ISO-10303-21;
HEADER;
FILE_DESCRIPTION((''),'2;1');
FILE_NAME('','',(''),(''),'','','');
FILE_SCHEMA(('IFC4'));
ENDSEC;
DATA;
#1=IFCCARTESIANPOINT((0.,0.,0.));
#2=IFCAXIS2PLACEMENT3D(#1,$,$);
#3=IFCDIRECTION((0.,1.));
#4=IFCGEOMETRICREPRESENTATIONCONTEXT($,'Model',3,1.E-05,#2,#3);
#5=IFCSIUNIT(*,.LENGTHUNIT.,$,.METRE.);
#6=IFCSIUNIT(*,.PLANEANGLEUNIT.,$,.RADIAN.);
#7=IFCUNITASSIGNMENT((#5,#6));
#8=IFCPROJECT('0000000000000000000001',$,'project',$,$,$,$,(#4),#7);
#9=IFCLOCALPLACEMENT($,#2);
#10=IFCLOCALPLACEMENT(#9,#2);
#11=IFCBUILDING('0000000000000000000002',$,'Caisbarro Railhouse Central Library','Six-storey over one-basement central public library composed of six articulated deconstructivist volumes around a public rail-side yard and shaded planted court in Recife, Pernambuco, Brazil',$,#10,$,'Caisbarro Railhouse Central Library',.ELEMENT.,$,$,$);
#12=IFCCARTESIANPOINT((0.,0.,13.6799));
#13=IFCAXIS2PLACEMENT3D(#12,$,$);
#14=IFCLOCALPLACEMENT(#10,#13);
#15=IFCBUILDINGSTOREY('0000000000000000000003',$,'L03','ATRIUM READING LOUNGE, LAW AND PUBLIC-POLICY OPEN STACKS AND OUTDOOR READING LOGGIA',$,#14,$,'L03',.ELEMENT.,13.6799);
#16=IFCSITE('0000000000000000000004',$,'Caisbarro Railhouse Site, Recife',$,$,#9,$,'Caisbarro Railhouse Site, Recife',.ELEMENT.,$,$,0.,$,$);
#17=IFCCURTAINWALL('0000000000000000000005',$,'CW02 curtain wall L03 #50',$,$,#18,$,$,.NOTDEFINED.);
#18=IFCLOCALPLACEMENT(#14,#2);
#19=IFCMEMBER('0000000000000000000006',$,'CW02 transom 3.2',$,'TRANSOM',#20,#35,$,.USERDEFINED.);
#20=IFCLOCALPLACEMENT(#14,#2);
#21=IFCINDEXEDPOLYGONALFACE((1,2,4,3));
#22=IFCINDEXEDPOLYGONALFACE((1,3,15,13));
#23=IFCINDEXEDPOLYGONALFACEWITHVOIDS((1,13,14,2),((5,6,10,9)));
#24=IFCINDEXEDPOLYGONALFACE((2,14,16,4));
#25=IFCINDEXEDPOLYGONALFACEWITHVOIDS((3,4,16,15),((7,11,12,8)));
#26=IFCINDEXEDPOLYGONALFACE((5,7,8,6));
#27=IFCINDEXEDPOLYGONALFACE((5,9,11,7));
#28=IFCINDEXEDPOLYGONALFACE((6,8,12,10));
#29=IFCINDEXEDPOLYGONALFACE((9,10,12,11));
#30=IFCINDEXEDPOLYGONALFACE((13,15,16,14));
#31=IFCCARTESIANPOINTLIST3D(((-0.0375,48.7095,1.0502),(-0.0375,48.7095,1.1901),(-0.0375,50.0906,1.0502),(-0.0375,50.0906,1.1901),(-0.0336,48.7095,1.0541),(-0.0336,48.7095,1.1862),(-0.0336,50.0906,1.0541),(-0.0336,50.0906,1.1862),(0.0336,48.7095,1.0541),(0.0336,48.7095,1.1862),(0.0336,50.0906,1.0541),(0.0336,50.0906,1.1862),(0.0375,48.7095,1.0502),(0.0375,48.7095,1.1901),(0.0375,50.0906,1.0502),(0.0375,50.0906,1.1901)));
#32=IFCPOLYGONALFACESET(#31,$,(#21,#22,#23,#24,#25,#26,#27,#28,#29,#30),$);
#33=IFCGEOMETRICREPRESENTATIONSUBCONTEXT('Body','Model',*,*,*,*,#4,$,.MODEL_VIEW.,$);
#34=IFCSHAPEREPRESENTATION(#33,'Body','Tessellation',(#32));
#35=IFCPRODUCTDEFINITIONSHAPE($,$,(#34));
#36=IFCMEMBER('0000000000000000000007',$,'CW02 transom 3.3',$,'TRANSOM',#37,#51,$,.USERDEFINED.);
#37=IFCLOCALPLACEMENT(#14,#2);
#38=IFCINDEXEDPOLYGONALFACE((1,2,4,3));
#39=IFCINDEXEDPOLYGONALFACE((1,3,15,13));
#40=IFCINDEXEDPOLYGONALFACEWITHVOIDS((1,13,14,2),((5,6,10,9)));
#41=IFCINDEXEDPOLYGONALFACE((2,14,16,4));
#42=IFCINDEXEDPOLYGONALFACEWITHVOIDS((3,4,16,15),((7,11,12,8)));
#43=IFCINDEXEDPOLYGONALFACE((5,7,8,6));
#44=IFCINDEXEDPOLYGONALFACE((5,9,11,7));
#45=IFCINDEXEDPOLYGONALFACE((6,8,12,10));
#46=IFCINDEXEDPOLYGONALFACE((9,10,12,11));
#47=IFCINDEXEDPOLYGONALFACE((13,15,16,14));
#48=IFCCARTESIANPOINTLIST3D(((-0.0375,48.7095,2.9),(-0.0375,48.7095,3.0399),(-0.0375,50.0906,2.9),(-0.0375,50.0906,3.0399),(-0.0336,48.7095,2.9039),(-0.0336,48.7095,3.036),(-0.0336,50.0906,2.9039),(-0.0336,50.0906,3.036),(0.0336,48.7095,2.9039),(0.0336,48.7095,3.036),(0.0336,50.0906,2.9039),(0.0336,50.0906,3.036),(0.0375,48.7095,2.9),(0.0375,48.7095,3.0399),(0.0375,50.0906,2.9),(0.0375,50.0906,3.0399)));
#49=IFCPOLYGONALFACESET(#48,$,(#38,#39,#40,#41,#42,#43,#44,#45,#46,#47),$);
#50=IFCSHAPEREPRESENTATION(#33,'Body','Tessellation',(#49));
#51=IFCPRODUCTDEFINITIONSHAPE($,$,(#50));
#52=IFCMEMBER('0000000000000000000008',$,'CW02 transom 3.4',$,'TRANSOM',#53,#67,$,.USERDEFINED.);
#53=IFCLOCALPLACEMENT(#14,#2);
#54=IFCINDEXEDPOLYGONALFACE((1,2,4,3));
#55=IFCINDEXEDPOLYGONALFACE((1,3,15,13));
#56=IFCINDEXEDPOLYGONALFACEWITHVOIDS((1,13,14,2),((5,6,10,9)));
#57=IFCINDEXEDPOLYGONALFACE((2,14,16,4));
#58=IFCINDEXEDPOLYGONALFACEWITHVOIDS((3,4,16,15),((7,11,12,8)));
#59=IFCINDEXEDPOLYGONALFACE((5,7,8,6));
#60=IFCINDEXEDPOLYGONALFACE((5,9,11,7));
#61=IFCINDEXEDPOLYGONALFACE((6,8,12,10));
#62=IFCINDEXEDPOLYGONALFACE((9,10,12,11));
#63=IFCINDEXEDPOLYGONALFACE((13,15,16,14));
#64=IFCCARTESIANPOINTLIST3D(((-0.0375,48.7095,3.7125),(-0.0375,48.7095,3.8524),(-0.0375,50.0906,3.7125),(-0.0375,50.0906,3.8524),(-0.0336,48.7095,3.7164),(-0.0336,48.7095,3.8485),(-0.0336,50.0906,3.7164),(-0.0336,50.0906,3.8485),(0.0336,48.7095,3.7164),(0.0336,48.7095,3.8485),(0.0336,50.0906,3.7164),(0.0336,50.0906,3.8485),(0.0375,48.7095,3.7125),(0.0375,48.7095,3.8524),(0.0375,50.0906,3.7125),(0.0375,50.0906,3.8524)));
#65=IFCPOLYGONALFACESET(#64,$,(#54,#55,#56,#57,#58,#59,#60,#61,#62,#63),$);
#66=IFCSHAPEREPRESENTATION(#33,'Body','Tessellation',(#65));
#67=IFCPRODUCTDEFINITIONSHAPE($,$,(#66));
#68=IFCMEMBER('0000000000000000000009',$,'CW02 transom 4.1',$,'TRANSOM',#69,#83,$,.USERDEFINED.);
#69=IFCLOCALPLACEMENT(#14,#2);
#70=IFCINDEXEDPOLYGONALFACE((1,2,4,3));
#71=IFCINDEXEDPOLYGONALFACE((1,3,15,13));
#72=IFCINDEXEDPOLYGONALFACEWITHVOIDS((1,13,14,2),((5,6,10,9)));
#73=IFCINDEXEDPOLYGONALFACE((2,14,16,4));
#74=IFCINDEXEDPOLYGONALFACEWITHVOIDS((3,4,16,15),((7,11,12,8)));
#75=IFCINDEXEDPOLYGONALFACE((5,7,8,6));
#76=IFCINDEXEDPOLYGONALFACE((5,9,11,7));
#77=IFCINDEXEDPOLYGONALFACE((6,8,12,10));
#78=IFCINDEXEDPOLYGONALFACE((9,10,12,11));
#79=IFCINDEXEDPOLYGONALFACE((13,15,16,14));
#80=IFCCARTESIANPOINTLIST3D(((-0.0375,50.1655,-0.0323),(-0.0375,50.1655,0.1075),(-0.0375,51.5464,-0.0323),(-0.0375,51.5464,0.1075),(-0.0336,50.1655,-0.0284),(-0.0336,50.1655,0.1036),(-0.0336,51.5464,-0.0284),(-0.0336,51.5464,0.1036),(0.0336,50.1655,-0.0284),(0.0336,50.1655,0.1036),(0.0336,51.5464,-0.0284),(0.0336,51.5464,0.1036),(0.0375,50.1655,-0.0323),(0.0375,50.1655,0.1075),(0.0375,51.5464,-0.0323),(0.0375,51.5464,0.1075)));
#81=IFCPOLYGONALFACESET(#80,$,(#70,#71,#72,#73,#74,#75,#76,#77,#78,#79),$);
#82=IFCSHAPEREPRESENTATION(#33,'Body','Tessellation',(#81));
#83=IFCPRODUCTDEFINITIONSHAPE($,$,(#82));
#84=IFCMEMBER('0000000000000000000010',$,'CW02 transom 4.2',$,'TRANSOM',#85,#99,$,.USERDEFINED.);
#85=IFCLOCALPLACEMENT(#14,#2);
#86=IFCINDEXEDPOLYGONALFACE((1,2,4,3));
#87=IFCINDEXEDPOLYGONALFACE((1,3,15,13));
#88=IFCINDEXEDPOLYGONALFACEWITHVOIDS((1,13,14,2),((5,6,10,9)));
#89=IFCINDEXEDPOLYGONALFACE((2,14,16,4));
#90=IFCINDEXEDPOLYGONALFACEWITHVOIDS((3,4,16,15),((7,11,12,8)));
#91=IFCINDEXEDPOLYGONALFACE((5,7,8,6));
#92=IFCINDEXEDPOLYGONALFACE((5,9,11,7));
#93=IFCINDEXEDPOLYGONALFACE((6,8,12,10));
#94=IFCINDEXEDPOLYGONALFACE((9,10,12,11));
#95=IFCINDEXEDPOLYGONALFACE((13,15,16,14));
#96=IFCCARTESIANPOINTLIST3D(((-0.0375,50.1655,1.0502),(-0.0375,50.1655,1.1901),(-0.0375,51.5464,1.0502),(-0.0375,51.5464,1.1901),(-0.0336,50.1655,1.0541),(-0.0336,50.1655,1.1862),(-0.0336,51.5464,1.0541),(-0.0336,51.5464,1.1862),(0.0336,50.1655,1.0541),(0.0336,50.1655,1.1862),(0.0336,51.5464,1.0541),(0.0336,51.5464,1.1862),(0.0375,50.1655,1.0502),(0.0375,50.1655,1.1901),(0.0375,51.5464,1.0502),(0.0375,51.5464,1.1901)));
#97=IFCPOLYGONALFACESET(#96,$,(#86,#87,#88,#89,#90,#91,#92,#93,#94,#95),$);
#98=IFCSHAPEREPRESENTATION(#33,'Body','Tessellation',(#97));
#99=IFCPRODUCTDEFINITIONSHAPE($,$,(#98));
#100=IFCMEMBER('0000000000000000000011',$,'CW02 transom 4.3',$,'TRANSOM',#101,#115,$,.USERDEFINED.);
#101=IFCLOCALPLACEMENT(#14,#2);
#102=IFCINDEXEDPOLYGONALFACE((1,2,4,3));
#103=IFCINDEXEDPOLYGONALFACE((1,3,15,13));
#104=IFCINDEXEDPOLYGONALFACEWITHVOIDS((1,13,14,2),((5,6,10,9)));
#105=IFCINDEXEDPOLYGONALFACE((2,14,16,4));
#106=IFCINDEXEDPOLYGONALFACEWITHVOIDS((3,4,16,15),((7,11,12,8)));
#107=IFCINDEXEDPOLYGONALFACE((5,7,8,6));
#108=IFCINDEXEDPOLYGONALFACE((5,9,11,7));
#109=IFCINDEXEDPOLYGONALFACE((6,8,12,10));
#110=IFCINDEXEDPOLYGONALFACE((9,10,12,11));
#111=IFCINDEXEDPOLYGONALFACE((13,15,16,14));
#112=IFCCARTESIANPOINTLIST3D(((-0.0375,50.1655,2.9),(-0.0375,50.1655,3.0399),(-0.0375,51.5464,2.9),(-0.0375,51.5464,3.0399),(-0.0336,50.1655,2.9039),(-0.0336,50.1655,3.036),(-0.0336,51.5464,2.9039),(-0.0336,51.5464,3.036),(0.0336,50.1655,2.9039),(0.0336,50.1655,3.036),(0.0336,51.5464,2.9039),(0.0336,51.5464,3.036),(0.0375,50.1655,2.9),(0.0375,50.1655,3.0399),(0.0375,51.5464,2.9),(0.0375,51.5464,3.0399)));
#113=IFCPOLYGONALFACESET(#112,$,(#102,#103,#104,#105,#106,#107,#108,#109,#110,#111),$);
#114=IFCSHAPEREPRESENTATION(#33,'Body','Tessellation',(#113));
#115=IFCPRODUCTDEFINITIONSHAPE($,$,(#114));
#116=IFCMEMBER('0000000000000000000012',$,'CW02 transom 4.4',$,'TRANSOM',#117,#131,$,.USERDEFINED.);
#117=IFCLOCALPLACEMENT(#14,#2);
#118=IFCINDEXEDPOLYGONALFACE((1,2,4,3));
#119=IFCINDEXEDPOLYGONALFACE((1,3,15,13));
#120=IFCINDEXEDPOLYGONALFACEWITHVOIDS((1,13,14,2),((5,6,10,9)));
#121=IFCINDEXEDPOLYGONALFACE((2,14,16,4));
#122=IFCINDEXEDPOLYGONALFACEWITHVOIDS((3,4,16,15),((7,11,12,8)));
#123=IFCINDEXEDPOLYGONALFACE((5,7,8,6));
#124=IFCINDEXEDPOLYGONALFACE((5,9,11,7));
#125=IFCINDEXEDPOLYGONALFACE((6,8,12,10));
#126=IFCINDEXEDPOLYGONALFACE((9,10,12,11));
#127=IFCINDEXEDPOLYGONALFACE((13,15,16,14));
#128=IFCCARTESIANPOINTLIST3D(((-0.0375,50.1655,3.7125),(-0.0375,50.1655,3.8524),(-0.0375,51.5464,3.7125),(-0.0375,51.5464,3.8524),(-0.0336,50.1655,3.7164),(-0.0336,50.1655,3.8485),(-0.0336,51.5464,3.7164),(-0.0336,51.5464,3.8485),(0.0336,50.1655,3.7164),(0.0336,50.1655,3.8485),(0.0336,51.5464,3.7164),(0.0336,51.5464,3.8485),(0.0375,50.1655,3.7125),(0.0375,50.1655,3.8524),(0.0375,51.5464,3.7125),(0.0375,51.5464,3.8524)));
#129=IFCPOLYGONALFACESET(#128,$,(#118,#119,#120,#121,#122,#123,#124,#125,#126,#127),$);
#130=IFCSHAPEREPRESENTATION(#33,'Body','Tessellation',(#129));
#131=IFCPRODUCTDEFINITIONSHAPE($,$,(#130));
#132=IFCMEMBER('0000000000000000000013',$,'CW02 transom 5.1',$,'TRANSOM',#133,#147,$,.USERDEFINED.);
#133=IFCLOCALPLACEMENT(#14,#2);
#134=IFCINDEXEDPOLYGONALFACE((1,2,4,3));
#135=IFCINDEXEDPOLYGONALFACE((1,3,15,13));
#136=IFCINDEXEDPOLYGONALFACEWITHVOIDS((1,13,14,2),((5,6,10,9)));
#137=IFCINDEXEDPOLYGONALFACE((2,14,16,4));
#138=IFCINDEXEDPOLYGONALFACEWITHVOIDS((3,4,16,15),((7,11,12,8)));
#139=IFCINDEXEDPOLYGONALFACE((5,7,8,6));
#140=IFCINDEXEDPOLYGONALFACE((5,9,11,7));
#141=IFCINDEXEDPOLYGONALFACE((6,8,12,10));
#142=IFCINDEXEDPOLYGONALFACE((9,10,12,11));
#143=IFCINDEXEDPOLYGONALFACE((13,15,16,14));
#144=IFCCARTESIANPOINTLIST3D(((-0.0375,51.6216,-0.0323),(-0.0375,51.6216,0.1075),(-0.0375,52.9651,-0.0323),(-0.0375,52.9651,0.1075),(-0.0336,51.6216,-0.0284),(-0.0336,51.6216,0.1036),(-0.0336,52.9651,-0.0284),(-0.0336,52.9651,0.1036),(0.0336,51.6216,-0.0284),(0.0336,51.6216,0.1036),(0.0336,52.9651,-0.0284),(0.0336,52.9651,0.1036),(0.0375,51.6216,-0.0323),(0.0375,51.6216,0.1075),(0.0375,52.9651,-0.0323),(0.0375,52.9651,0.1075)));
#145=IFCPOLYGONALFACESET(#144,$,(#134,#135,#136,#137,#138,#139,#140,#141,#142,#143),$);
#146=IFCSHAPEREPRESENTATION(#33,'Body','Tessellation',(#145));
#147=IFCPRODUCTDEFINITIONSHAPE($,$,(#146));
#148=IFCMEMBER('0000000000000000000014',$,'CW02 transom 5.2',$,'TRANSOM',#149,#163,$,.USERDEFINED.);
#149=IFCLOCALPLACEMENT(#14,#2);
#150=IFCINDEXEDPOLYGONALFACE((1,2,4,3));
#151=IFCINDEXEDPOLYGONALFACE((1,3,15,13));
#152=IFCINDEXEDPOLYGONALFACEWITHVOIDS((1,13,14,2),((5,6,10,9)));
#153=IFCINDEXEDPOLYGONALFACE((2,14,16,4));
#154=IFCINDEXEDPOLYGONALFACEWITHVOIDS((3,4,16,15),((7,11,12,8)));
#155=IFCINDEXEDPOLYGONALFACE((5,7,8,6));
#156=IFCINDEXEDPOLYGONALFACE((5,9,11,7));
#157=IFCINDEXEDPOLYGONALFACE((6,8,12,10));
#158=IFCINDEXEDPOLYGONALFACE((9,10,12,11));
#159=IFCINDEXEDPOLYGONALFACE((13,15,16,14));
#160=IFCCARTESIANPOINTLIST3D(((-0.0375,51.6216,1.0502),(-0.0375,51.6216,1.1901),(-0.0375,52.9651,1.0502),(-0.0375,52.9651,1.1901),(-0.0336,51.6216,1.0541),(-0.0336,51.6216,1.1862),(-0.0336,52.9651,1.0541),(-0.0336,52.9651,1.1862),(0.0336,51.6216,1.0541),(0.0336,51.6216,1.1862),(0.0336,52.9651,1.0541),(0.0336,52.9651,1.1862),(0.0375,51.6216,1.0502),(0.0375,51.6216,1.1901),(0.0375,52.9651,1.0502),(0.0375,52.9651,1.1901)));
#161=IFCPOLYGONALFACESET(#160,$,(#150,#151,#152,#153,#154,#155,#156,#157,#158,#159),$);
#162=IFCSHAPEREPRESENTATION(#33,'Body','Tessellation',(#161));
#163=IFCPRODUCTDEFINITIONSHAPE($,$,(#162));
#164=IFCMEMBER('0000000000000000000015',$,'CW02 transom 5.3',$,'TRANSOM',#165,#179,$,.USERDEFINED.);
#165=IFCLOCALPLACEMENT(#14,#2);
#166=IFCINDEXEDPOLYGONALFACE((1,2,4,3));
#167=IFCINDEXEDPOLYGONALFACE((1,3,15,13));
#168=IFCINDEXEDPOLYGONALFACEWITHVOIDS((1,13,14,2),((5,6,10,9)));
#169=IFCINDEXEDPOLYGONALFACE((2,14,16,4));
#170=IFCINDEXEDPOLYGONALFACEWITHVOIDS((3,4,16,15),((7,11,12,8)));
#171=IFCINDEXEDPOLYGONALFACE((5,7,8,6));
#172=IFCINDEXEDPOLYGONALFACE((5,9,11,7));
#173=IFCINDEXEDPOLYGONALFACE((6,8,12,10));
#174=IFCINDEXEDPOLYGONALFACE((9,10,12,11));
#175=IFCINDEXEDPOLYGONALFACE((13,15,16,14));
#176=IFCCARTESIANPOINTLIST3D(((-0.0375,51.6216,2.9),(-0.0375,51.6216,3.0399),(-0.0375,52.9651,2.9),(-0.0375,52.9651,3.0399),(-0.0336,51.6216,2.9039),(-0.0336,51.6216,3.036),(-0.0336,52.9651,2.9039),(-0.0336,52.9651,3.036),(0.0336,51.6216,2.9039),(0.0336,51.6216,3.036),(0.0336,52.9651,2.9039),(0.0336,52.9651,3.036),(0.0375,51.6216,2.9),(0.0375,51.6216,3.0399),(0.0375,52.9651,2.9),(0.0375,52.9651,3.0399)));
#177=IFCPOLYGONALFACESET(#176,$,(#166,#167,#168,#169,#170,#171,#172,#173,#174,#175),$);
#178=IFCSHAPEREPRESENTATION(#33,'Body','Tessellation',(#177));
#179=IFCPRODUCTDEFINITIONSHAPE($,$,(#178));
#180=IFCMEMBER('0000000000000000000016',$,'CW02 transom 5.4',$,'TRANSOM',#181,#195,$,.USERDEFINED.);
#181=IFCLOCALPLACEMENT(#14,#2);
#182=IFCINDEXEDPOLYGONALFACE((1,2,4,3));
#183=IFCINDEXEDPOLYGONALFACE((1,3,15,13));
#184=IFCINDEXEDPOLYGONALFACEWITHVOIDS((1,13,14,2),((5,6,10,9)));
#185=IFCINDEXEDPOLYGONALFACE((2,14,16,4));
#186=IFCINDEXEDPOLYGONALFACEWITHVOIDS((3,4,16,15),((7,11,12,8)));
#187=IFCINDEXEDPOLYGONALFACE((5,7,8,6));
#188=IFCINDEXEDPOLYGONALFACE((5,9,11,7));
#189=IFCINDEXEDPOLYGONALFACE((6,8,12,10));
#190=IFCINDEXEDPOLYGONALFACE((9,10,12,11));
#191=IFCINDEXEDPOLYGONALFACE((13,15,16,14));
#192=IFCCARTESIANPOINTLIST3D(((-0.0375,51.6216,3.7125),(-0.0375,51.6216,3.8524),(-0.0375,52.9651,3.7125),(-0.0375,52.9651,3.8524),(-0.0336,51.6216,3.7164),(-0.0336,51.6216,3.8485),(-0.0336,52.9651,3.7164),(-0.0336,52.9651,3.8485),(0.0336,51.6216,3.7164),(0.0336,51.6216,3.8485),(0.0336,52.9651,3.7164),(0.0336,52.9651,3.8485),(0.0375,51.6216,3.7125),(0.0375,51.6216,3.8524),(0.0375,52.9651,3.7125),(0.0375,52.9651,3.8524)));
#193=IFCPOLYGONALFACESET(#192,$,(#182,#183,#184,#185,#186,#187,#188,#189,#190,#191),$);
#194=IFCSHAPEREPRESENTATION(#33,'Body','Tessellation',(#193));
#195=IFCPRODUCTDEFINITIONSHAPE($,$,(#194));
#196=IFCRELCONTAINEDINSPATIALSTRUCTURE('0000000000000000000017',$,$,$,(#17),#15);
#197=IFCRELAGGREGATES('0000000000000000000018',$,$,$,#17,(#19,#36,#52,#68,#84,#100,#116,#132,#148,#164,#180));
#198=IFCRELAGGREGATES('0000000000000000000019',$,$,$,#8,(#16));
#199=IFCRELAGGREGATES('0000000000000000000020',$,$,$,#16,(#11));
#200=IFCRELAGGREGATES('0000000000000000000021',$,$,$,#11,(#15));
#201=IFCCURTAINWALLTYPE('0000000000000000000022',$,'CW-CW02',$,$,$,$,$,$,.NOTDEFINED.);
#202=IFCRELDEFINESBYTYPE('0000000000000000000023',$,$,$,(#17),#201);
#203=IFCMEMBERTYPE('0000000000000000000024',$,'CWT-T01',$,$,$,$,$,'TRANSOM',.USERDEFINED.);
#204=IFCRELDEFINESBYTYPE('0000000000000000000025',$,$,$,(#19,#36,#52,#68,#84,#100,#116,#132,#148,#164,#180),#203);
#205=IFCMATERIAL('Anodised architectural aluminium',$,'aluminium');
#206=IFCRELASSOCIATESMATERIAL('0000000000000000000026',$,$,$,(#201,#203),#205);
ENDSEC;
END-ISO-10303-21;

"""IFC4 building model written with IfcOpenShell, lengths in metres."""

from ifc_helpers import new_model, si_unit, direction, frame, origin, origin_2d, place, context, subcontext, project, spatial, hollow_rectangle, extrude, material, material_profile, profile_set, type_object, element, aggregate, save


model = new_model("IFC4")

# Units and contexts
model_context = context("Model", 3, precision=1e-05, world=origin(), true_north=direction((0.0, 1.0)))
body_context = subcontext(model_context, "Body", "Model", "MODEL_VIEW")
ifc_project = project(units=[si_unit("LENGTHUNIT", "METRE"), si_unit("PLANEANGLEUNIT", "RADIAN")], contexts=[model_context])

# Site, building, storey
site_placement = place(None, origin())
site = spatial("IfcSite", under=ifc_project, at=site_placement, Name="Caisbarro Railhouse Site, Recife", LongName="Caisbarro Railhouse Site, Recife", CompositionType="ELEMENT", RefElevation=0.0)
building_placement = place(site_placement, origin())
building = spatial("IfcBuilding", under=site, at=building_placement, Name="Caisbarro Railhouse Central Library", Description="Six-storey over one-basement central public library composed of six articulated deconstructivist volumes around a public rail-side yard and shaded planted court in Recife, Pernambuco, Brazil", LongName="Caisbarro Railhouse Central Library", CompositionType="ELEMENT")
storey_placement = place(building_placement, frame((0.0, 0.0, 13.6799)))
storey = spatial("IfcBuildingStorey", under=building, at=storey_placement, Name="L03", Description="ATRIUM READING LOUNGE, LAW AND PUBLIC-POLICY OPEN STACKS AND OUTDOOR READING LOGGIA", LongName="L03", CompositionType="ELEMENT", Elevation=13.6799)

# Curtain wall, members
ifc_material_1 = material(Name="Anodised architectural aluminium", Category="aluminium")
curtain_wall_type = type_object("IfcCurtainWallType", Name="CW-CW02", PredefinedType="NOTDEFINED", material=ifc_material_1)
curtain_wall_placement = place(storey_placement, origin())
curtain_wall = element("IfcCurtainWall", 1, at=curtain_wall_placement, inside=storey, type_object=curtain_wall_type, Name="CW02 curtain wall L03 #50", PredefinedType="NOTDEFINED")
ifc_material_profile_1 = material_profile(ifc_material_1, hollow_rectangle(XDim=0.075, YDim=0.1399, WallThickness=0.0039, at=origin_2d()), Name="ALU-TRN-75X140")
ifc_profile_set_1 = profile_set([ifc_material_profile_1], Name="Anodised architectural aluminium")
member_type_1 = type_object("IfcMemberType", Name="CWT-T01", ElementType="TRANSOM", PredefinedType="USERDEFINED", material=ifc_profile_set_1)
member_1_placement = place(storey_placement, frame((0.0, 48.7095, 1.1201), z_axis=(0.0, 1.0, 0.0), x_axis=(-1.0, 0.0, 0.0)))
member_1 = element("IfcMember", 2, at=member_1_placement, type_object=member_type_1, Name="CW02 transom 3.2", ObjectType="TRANSOM", PredefinedType="USERDEFINED", context=body_context, shape_type="SweptSolid", body=[
    extrude(hollow_rectangle(XDim=0.075, YDim=0.1399, WallThickness=0.0039, at=origin_2d()), origin(), (0.0, 0.0, 1.0), 1.3811),
])
member_2_placement = place(storey_placement, frame((0.0, 48.7095, 2.97), z_axis=(0.0, 1.0, 0.0), x_axis=(-1.0, 0.0, 0.0)))
member_2 = element("IfcMember", 3, at=member_2_placement, type_object=member_type_1, Name="CW02 transom 3.3", ObjectType="TRANSOM", PredefinedType="USERDEFINED", context=body_context, shape_type="SweptSolid", body=[
    extrude(hollow_rectangle(XDim=0.075, YDim=0.1399, WallThickness=0.0039, at=origin_2d()), origin(), (0.0, 0.0, 1.0), 1.3811),
])
member_3_placement = place(storey_placement, frame((0.0, 48.7095, 3.7825), z_axis=(0.0, 1.0, 0.0), x_axis=(-1.0, 0.0, 0.0)))
member_3 = element("IfcMember", 4, at=member_3_placement, type_object=member_type_1, Name="CW02 transom 3.4", ObjectType="TRANSOM", PredefinedType="USERDEFINED", context=body_context, shape_type="SweptSolid", body=[
    extrude(hollow_rectangle(XDim=0.075, YDim=0.1399, WallThickness=0.0039, at=origin_2d()), origin(), (0.0, 0.0, 1.0), 1.3811),
])
member_4_placement = place(storey_placement, frame((0.0, 50.1655, 0.0376), z_axis=(0.0, 1.0, 0.0), x_axis=(-1.0, 0.0, 0.0)))
member_4 = element("IfcMember", 5, at=member_4_placement, type_object=member_type_1, Name="CW02 transom 4.1", ObjectType="TRANSOM", PredefinedType="USERDEFINED", context=body_context, shape_type="SweptSolid", body=[
    extrude(hollow_rectangle(XDim=0.075, YDim=0.1399, WallThickness=0.0039, at=origin_2d()), origin(), (0.0, 0.0, 1.0), 1.3809),
])
member_5_placement = place(storey_placement, frame((0.0, 50.1655, 1.1201), z_axis=(0.0, 1.0, 0.0), x_axis=(-1.0, 0.0, 0.0)))
member_5 = element("IfcMember", 6, at=member_5_placement, type_object=member_type_1, Name="CW02 transom 4.2", ObjectType="TRANSOM", PredefinedType="USERDEFINED", context=body_context, shape_type="SweptSolid", body=[
    extrude(hollow_rectangle(XDim=0.075, YDim=0.1399, WallThickness=0.0039, at=origin_2d()), origin(), (0.0, 0.0, 1.0), 1.3809),
])
member_6_placement = place(storey_placement, frame((0.0, 50.1655, 2.97), z_axis=(0.0, 1.0, 0.0), x_axis=(-1.0, 0.0, 0.0)))
member_6 = element("IfcMember", 7, at=member_6_placement, type_object=member_type_1, Name="CW02 transom 4.3", ObjectType="TRANSOM", PredefinedType="USERDEFINED", context=body_context, shape_type="SweptSolid", body=[
    extrude(hollow_rectangle(XDim=0.075, YDim=0.1399, WallThickness=0.0039, at=origin_2d()), origin(), (0.0, 0.0, 1.0), 1.3809),
])
member_7_placement = place(storey_placement, frame((0.0, 50.1655, 3.7825), z_axis=(0.0, 1.0, 0.0), x_axis=(-1.0, 0.0, 0.0)))
member_7 = element("IfcMember", 8, at=member_7_placement, type_object=member_type_1, Name="CW02 transom 4.4", ObjectType="TRANSOM", PredefinedType="USERDEFINED", context=body_context, shape_type="SweptSolid", body=[
    extrude(hollow_rectangle(XDim=0.075, YDim=0.1399, WallThickness=0.0039, at=origin_2d()), origin(), (0.0, 0.0, 1.0), 1.3809),
])
member_8_placement = place(storey_placement, frame((0.0, 51.6216, 0.0376), z_axis=(0.0, 1.0, 0.0), x_axis=(-1.0, 0.0, 0.0)))
member_8 = element("IfcMember", 9, at=member_8_placement, type_object=member_type_1, Name="CW02 transom 5.1", ObjectType="TRANSOM", PredefinedType="USERDEFINED", context=body_context, shape_type="SweptSolid", body=[
    extrude(hollow_rectangle(XDim=0.075, YDim=0.1399, WallThickness=0.0039, at=origin_2d()), origin(), (0.0, 0.0, 1.0), 1.3435),
])
member_9_placement = place(storey_placement, frame((0.0, 51.6216, 1.1201), z_axis=(0.0, 1.0, 0.0), x_axis=(-1.0, 0.0, 0.0)))
member_9 = element("IfcMember", 10, at=member_9_placement, type_object=member_type_1, Name="CW02 transom 5.2", ObjectType="TRANSOM", PredefinedType="USERDEFINED", context=body_context, shape_type="SweptSolid", body=[
    extrude(hollow_rectangle(XDim=0.075, YDim=0.1399, WallThickness=0.0039, at=origin_2d()), origin(), (0.0, 0.0, 1.0), 1.3435),
])
member_10_placement = place(storey_placement, frame((0.0, 51.6216, 2.97), z_axis=(0.0, 1.0, 0.0), x_axis=(-1.0, 0.0, 0.0)))
member_10 = element("IfcMember", 11, at=member_10_placement, type_object=member_type_1, Name="CW02 transom 5.3", ObjectType="TRANSOM", PredefinedType="USERDEFINED", context=body_context, shape_type="SweptSolid", body=[
    extrude(hollow_rectangle(XDim=0.075, YDim=0.1399, WallThickness=0.0039, at=origin_2d()), origin(), (0.0, 0.0, 1.0), 1.3435),
])
member_11_placement = place(storey_placement, frame((0.0, 51.6216, 3.7825), z_axis=(0.0, 1.0, 0.0), x_axis=(-1.0, 0.0, 0.0)))
member_11 = element("IfcMember", 12, at=member_11_placement, type_object=member_type_1, Name="CW02 transom 5.4", ObjectType="TRANSOM", PredefinedType="USERDEFINED", context=body_context, shape_type="SweptSolid", body=[
    extrude(hollow_rectangle(XDim=0.075, YDim=0.1399, WallThickness=0.0039, at=origin_2d()), origin(), (0.0, 0.0, 1.0), 1.3435),
])
aggregate(curtain_wall, [member_1, member_2, member_3, member_4, member_5, member_6, member_7, member_8, member_9, member_10, member_11])

save(model, "model.ifc")
